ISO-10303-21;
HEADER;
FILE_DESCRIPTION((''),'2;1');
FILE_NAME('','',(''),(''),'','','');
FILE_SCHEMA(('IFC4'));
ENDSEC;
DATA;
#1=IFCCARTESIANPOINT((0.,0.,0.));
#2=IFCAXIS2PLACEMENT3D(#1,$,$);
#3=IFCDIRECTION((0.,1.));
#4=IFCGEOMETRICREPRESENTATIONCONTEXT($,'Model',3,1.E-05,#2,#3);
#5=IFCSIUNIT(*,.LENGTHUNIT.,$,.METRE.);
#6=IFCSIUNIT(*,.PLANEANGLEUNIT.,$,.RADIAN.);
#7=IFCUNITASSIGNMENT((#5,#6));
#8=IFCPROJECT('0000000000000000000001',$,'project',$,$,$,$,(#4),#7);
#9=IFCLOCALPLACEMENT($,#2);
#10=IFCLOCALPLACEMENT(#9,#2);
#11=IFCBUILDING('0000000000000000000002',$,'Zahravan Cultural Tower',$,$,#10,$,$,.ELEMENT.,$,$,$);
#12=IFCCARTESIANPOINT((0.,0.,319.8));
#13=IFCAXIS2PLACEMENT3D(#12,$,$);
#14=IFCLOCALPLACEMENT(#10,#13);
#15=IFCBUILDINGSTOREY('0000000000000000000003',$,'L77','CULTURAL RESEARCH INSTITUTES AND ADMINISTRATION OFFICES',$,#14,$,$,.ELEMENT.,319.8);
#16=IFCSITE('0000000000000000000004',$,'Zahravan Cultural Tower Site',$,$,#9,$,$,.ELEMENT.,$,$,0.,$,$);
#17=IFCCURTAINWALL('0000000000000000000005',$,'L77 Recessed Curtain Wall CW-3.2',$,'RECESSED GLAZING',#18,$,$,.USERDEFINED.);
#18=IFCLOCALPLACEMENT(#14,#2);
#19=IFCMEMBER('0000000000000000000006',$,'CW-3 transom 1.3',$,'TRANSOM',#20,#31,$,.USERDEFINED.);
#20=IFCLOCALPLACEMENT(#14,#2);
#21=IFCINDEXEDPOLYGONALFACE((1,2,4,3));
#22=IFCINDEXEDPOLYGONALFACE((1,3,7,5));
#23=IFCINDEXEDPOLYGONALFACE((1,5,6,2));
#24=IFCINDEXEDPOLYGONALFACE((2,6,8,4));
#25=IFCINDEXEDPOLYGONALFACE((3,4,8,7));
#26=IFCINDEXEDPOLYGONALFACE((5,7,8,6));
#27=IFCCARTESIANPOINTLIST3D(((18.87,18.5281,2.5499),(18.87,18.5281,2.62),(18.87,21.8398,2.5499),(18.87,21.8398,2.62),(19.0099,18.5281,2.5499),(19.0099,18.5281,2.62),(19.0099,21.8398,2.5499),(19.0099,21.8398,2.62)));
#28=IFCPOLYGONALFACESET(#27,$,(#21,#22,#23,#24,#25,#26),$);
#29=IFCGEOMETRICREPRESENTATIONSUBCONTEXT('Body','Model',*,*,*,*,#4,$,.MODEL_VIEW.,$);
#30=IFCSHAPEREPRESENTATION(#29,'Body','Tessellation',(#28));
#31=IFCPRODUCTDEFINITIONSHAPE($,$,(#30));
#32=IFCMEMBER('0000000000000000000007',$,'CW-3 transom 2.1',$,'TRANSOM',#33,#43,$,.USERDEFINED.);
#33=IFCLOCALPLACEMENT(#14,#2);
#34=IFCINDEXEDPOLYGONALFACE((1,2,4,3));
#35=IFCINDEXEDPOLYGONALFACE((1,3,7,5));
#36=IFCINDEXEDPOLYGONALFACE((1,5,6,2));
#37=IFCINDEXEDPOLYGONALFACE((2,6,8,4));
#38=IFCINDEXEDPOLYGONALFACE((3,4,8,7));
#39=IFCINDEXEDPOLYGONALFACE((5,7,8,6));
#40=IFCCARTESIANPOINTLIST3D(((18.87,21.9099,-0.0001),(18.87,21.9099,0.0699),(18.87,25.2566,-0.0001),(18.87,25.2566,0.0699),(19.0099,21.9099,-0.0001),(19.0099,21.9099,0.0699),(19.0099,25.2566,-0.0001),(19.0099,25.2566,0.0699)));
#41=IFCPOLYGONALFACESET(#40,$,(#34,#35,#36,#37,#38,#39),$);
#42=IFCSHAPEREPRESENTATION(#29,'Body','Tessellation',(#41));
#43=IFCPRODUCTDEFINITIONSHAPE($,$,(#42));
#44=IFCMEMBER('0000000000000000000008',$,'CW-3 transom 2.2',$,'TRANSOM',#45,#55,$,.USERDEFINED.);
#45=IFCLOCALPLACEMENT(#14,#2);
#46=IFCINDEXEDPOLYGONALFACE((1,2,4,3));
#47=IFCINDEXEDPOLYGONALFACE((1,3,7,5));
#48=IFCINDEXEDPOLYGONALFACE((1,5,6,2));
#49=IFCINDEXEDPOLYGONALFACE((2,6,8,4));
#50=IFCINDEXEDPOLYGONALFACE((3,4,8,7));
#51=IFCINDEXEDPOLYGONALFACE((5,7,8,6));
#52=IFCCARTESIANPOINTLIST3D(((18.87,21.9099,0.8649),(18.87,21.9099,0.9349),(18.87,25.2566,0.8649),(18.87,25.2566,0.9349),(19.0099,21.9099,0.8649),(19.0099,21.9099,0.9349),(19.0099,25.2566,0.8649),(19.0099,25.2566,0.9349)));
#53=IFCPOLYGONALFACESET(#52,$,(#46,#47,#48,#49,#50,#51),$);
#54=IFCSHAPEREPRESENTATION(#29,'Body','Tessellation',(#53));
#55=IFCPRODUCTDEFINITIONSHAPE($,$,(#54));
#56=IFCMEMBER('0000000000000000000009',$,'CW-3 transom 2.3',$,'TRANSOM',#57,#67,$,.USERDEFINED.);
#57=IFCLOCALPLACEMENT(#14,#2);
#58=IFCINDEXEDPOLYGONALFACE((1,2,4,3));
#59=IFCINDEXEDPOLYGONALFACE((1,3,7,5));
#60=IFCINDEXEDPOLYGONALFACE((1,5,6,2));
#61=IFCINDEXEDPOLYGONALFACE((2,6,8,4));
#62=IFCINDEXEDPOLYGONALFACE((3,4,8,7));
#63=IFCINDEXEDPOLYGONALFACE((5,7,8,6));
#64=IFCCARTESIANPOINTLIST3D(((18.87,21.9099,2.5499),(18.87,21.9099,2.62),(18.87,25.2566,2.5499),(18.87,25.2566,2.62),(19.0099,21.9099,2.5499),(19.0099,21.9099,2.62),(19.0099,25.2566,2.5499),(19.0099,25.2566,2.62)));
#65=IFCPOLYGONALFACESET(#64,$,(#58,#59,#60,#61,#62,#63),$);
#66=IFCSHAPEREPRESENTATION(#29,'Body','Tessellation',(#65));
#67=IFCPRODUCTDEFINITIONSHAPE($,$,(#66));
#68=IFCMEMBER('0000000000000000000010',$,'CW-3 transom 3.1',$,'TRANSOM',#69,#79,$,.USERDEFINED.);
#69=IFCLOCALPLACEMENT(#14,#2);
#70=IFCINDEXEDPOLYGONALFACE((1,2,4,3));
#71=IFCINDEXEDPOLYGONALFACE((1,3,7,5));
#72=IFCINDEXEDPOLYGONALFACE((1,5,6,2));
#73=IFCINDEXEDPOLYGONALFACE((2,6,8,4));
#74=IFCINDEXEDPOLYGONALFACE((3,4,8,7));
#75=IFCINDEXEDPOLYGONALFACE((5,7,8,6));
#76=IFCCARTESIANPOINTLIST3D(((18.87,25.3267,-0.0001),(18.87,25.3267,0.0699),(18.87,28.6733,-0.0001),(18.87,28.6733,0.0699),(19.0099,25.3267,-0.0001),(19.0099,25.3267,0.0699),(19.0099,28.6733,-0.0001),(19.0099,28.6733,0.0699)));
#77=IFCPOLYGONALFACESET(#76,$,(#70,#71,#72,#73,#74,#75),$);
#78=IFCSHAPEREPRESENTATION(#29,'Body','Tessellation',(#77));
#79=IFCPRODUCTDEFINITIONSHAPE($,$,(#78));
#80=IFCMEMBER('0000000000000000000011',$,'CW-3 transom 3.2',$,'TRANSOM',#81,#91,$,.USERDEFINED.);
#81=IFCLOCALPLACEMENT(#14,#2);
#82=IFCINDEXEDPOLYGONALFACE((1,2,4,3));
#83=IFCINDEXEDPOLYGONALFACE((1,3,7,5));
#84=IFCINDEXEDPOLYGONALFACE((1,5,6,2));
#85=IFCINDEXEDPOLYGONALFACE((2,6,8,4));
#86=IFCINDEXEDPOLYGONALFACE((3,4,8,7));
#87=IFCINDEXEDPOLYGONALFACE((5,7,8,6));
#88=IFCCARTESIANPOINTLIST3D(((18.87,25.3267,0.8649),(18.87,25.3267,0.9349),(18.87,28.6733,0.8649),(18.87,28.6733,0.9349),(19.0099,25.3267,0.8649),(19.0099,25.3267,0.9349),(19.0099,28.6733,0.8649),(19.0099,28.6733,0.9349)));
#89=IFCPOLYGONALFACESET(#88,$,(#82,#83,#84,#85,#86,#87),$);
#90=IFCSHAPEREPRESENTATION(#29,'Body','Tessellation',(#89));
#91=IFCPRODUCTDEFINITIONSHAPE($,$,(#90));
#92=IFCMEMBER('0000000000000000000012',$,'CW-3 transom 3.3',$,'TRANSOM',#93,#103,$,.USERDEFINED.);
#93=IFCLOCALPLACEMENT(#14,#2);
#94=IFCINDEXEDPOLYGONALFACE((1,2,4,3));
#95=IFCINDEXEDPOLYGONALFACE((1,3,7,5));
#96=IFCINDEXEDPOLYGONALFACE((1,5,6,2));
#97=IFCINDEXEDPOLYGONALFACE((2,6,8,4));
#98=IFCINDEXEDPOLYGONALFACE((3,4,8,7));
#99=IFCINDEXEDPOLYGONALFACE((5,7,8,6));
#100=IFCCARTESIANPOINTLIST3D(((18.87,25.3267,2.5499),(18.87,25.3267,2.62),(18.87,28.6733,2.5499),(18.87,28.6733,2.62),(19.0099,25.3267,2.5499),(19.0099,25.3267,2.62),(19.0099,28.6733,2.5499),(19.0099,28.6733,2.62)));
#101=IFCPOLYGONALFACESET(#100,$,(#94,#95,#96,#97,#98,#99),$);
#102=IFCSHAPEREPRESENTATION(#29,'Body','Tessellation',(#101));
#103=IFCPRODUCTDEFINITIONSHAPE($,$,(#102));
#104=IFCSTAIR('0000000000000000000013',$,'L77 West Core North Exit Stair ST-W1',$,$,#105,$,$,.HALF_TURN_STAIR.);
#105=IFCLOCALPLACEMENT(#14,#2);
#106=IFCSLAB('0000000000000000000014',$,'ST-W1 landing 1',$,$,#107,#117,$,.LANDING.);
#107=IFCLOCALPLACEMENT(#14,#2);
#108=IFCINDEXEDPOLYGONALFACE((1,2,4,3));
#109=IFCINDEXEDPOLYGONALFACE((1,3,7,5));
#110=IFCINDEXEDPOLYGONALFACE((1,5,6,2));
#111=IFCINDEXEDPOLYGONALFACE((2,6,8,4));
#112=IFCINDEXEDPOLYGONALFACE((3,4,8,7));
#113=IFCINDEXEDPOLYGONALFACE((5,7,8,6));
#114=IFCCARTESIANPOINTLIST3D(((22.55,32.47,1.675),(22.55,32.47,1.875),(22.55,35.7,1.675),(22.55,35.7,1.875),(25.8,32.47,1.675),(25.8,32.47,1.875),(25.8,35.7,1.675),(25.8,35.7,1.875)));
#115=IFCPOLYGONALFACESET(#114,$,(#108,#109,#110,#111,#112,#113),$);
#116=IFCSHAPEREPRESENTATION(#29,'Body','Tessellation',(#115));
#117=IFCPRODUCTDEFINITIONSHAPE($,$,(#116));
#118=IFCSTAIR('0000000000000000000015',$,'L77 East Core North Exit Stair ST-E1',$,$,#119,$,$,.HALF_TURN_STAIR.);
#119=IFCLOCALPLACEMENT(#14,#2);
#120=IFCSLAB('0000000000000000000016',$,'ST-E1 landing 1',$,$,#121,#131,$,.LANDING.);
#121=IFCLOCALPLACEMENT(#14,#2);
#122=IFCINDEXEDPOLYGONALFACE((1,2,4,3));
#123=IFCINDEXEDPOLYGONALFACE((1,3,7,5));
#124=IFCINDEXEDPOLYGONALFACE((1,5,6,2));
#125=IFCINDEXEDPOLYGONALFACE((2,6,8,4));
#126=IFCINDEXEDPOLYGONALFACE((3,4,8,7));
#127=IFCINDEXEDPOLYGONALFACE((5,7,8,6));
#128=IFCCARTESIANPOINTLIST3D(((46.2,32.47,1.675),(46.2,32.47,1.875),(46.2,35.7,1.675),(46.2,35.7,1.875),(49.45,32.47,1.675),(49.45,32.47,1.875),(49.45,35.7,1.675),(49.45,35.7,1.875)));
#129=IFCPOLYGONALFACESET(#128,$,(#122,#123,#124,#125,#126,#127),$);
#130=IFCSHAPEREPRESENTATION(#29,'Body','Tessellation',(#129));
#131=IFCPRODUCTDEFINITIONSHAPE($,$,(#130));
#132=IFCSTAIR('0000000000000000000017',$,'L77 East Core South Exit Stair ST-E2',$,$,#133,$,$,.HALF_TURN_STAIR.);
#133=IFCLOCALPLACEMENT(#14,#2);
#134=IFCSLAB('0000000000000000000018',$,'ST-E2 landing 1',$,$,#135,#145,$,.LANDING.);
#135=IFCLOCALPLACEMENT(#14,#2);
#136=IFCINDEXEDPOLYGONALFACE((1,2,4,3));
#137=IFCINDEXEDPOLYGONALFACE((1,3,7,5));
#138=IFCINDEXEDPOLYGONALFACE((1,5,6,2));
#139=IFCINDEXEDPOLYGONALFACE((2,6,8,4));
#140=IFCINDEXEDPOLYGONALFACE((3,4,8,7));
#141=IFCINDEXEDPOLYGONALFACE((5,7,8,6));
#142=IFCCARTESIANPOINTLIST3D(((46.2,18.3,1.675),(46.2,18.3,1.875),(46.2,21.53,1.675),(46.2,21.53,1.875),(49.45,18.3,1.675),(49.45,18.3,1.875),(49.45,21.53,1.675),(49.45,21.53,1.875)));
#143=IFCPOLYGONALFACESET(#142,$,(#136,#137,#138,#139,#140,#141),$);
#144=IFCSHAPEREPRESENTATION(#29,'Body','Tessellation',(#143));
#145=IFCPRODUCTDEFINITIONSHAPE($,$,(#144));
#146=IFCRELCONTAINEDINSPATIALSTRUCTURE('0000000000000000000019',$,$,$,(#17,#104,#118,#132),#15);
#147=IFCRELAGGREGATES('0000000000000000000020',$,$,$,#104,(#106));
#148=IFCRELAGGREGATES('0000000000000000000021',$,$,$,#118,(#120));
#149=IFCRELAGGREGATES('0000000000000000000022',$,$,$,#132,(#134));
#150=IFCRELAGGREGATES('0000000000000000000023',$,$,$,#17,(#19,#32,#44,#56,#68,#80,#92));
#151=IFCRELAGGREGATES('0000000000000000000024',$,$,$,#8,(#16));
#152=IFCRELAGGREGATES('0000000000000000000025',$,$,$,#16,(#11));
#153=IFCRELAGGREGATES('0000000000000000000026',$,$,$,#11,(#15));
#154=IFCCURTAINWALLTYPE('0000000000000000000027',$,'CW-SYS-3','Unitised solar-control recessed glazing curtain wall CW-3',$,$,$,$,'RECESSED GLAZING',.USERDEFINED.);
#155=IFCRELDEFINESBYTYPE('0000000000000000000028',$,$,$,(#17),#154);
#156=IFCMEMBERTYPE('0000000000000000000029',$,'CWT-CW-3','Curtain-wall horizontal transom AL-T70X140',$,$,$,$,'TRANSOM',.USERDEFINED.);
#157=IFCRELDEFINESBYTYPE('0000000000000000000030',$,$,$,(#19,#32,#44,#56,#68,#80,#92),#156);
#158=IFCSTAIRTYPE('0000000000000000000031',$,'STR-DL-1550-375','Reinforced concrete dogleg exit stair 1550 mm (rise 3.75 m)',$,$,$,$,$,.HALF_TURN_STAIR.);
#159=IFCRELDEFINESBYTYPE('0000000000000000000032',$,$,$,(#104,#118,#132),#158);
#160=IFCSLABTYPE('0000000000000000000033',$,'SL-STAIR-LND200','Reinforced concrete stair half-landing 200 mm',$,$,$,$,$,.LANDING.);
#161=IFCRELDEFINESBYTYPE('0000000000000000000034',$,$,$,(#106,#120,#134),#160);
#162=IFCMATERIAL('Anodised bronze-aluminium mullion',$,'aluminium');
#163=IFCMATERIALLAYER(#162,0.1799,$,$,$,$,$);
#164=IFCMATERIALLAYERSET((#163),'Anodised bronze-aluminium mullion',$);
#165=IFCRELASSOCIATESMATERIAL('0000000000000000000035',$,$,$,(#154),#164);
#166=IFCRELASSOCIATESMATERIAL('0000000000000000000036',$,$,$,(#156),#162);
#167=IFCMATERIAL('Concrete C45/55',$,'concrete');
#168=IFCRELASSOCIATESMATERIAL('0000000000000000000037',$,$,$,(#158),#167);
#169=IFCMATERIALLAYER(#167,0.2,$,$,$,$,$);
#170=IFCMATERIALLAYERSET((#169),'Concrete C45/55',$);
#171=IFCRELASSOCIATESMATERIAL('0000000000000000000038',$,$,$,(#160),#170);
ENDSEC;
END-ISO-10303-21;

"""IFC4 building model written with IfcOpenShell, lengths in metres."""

from ifc_helpers import new_model, si_unit, direction, frame, origin, origin_2d, place, context, subcontext, project, spatial, polyline, rectangle, outline, extrude, source, transform, mapped, material, layer, layer_set, material_profile, profile_set, type_object, element, aggregate, save


model = new_model("IFC4")

# Units and contexts
model_context = context("Model", 3, precision=1e-05, world=origin(), true_north=direction((0.0, 1.0)))
body_context = subcontext(model_context, "Body", "Model", "MODEL_VIEW")
ifc_project = project(units=[si_unit("LENGTHUNIT", "METRE"), si_unit("PLANEANGLEUNIT", "RADIAN")], contexts=[model_context])

# Site, building, storey
site_placement = place(None, origin())
site = spatial("IfcSite", under=ifc_project, at=site_placement, Name="Zahravan Cultural Tower Site", CompositionType="ELEMENT", RefElevation=0.0)
building_placement = place(site_placement, origin())
building = spatial("IfcBuilding", under=site, at=building_placement, Name="Zahravan Cultural Tower", CompositionType="ELEMENT")
storey_placement = place(building_placement, frame((0.0, 0.0, 319.8)))
storey = spatial("IfcBuildingStorey", under=building, at=storey_placement, Name="L77", Description="CULTURAL RESEARCH INSTITUTES AND ADMINISTRATION OFFICES", CompositionType="ELEMENT", Elevation=319.8)

# Curtain wall, members
ifc_material_1 = material(Name="Anodised bronze-aluminium mullion", Category="aluminium")
ifc_layer_1 = layer(ifc_material_1, 0.1799)
ifc_layer_set_1 = layer_set([ifc_layer_1], Name="Anodised bronze-aluminium mullion")
curtain_wall_type = type_object("IfcCurtainWallType", Name="CW-SYS-3", Description="Unitised solar-control recessed glazing curtain wall CW-3", ElementType="RECESSED GLAZING", PredefinedType="USERDEFINED", material=ifc_layer_set_1)
curtain_wall_placement = place(storey_placement, origin())
curtain_wall = element("IfcCurtainWall", 1, at=curtain_wall_placement, inside=storey, type_object=curtain_wall_type, Name="L77 Recessed Curtain Wall CW-3.2", ObjectType="RECESSED GLAZING", PredefinedType="USERDEFINED")
ifc_material_profile_1 = material_profile(ifc_material_1, rectangle(XDim=0.1399, YDim=0.0701, at=origin_2d()), Name="AL-T70X140")
ifc_profile_set_1 = profile_set([ifc_material_profile_1], Name="Anodised bronze-aluminium mullion")
member_type_1 = type_object("IfcMemberType", Name="CWT-CW-3", Description="Curtain-wall horizontal transom AL-T70X140", ElementType="TRANSOM", PredefinedType="USERDEFINED", material=ifc_profile_set_1)
shared_shape_1 = source(origin(), body_context, "Body", "SweptSolid", [
    extrude(rectangle(XDim=0.1399, YDim=0.0701, at=origin_2d()), origin(), (0.0, 0.0, 1.0), 3.3118),
])
member_1_placement = place(storey_placement, frame((18.9399, 18.5281, 2.585), z_axis=(0.0, 1.0, 0.0), x_axis=(-1.0, 0.0, 0.0)))
member_1 = element("IfcMember", 2, at=member_1_placement, type_object=member_type_1, Name="CW-3 transom 1.3", ObjectType="TRANSOM", PredefinedType="USERDEFINED", context=body_context, shape_type="MappedRepresentation", body=[
    mapped(shared_shape_1, transform((0.0, 0.0, 0.0), x_axis=(1.0, 0.0, 0.0), y_axis=(0.0, 1.0, 0.0), z_axis=(0.0, 0.0, 1.0), scale=1.0)),
])
shared_shape_2 = source(origin(), body_context, "Body", "SweptSolid", [
    extrude(rectangle(XDim=0.1399, YDim=0.0701, at=origin_2d()), origin(), (0.0, 0.0, 1.0), 3.3467),
])
member_2_placement = place(storey_placement, frame((18.9399, 21.9099, 0.0349), z_axis=(0.0, 1.0, 0.0), x_axis=(-1.0, 0.0, 0.0)))
member_2 = element("IfcMember", 3, at=member_2_placement, type_object=member_type_1, Name="CW-3 transom 2.1", ObjectType="TRANSOM", PredefinedType="USERDEFINED", context=body_context, shape_type="MappedRepresentation", body=[
    mapped(shared_shape_2, transform((0.0, 0.0, 0.0), x_axis=(1.0, 0.0, 0.0), y_axis=(0.0, 1.0, 0.0), z_axis=(0.0, 0.0, 1.0), scale=1.0)),
])
member_3_placement = place(storey_placement, frame((18.9399, 21.9099, 0.8999), z_axis=(0.0, 1.0, 0.0), x_axis=(-1.0, 0.0, 0.0)))
member_3 = element("IfcMember", 4, at=member_3_placement, type_object=member_type_1, Name="CW-3 transom 2.2", ObjectType="TRANSOM", PredefinedType="USERDEFINED", context=body_context, shape_type="MappedRepresentation", body=[
    mapped(shared_shape_2, transform((0.0, 0.0, 0.0), x_axis=(1.0, 0.0, 0.0), y_axis=(0.0, 1.0, 0.0), z_axis=(0.0, 0.0, 1.0), scale=1.0)),
])
member_4_placement = place(storey_placement, frame((18.9399, 21.9099, 2.585), z_axis=(0.0, 1.0, 0.0), x_axis=(-1.0, 0.0, 0.0)))
member_4 = element("IfcMember", 5, at=member_4_placement, type_object=member_type_1, Name="CW-3 transom 2.3", ObjectType="TRANSOM", PredefinedType="USERDEFINED", context=body_context, shape_type="MappedRepresentation", body=[
    mapped(shared_shape_2, transform((0.0, 0.0, 0.0), x_axis=(1.0, 0.0, 0.0), y_axis=(0.0, 1.0, 0.0), z_axis=(0.0, 0.0, 1.0), scale=1.0)),
])
member_5_placement = place(storey_placement, frame((18.9399, 25.3267, 0.0349), z_axis=(0.0, 1.0, 0.0), x_axis=(-1.0, 0.0, 0.0)))
member_5 = element("IfcMember", 6, at=member_5_placement, type_object=member_type_1, Name="CW-3 transom 3.1", ObjectType="TRANSOM", PredefinedType="USERDEFINED", context=body_context, shape_type="MappedRepresentation", body=[
    mapped(shared_shape_2, transform((0.0, 0.0, 0.0), x_axis=(1.0, 0.0, 0.0), y_axis=(0.0, 1.0, 0.0), z_axis=(0.0, 0.0, 1.0), scale=1.0)),
])
member_6_placement = place(storey_placement, frame((18.9399, 25.3267, 0.8999), z_axis=(0.0, 1.0, 0.0), x_axis=(-1.0, 0.0, 0.0)))
member_6 = element("IfcMember", 7, at=member_6_placement, type_object=member_type_1, Name="CW-3 transom 3.2", ObjectType="TRANSOM", PredefinedType="USERDEFINED", context=body_context, shape_type="MappedRepresentation", body=[
    mapped(shared_shape_2, transform((0.0, 0.0, 0.0), x_axis=(1.0, 0.0, 0.0), y_axis=(0.0, 1.0, 0.0), z_axis=(0.0, 0.0, 1.0), scale=1.0)),
])
member_7_placement = place(storey_placement, frame((18.9399, 25.3267, 2.585), z_axis=(0.0, 1.0, 0.0), x_axis=(-1.0, 0.0, 0.0)))
member_7 = element("IfcMember", 8, at=member_7_placement, type_object=member_type_1, Name="CW-3 transom 3.3", ObjectType="TRANSOM", PredefinedType="USERDEFINED", context=body_context, shape_type="MappedRepresentation", body=[
    mapped(shared_shape_2, transform((0.0, 0.0, 0.0), x_axis=(1.0, 0.0, 0.0), y_axis=(0.0, 1.0, 0.0), z_axis=(0.0, 0.0, 1.0), scale=1.0)),
])

# Stairs, slabs
ifc_material_2 = material(Name="Concrete C45/55", Category="concrete")
stair_type = type_object("IfcStairType", Name="STR-DL-1550-375", Description="Reinforced concrete dogleg exit stair 1550 mm (rise 3.75 m)", PredefinedType="HALF_TURN_STAIR", material=ifc_material_2)
stair_1_placement = place(storey_placement, origin())
stair_1 = element("IfcStair", 9, at=stair_1_placement, inside=storey, type_object=stair_type, Name="L77 West Core North Exit Stair ST-W1", PredefinedType="HALF_TURN_STAIR")
ifc_layer_2 = layer(ifc_material_2, 0.2)
ifc_layer_set_2 = layer_set([ifc_layer_2], Name="Concrete C45/55")
slab_type_1 = type_object("IfcSlabType", Name="SL-STAIR-LND200", Description="Reinforced concrete stair half-landing 200 mm", PredefinedType="LANDING", material=ifc_layer_set_2)
slab_1_placement = place(storey_placement, frame((0.0, 0.0, 1.675)))
slab_1 = element("IfcSlab", 10, at=slab_1_placement, type_object=slab_type_1, Name="ST-W1 landing 1", PredefinedType="LANDING", context=body_context, shape_type="SweptSolid", body=[
    extrude(outline(polyline([(25.8, 32.47), (25.8, 35.7), (22.55, 35.7), (22.55, 32.47), (25.8, 32.47)])), origin(), (0.0, 0.0, 1.0), 0.2),
])
aggregate(stair_1, [slab_1])
stair_2_placement = place(storey_placement, origin())
stair_2 = element("IfcStair", 11, at=stair_2_placement, inside=storey, type_object=stair_type, Name="L77 East Core North Exit Stair ST-E1", PredefinedType="HALF_TURN_STAIR")
slab_2_placement = place(storey_placement, frame((0.0, 0.0, 1.675)))
slab_2 = element("IfcSlab", 12, at=slab_2_placement, type_object=slab_type_1, Name="ST-E1 landing 1", PredefinedType="LANDING", context=body_context, shape_type="SweptSolid", body=[
    extrude(outline(polyline([(49.45, 32.47), (49.45, 35.7), (46.2, 35.7), (46.2, 32.47), (49.45, 32.47)])), origin(), (0.0, 0.0, 1.0), 0.2),
])
aggregate(stair_2, [slab_2])
stair_3_placement = place(storey_placement, origin())
stair_3 = element("IfcStair", 13, at=stair_3_placement, inside=storey, type_object=stair_type, Name="L77 East Core South Exit Stair ST-E2", PredefinedType="HALF_TURN_STAIR")
slab_3_placement = place(storey_placement, frame((0.0, 0.0, 1.675)))
slab_3 = element("IfcSlab", 14, at=slab_3_placement, type_object=slab_type_1, Name="ST-E2 landing 1", PredefinedType="LANDING", context=body_context, shape_type="SweptSolid", body=[
    extrude(outline(polyline([(46.2, 21.53), (46.2, 18.3), (49.45, 18.3), (49.45, 21.53), (46.2, 21.53)])), origin(), (0.0, 0.0, 1.0), 0.2),
])
aggregate(stair_3, [slab_3])

aggregate(curtain_wall, [member_1, member_2, member_3, member_4, member_5, member_6, member_7])

save(model, "model.ifc")
